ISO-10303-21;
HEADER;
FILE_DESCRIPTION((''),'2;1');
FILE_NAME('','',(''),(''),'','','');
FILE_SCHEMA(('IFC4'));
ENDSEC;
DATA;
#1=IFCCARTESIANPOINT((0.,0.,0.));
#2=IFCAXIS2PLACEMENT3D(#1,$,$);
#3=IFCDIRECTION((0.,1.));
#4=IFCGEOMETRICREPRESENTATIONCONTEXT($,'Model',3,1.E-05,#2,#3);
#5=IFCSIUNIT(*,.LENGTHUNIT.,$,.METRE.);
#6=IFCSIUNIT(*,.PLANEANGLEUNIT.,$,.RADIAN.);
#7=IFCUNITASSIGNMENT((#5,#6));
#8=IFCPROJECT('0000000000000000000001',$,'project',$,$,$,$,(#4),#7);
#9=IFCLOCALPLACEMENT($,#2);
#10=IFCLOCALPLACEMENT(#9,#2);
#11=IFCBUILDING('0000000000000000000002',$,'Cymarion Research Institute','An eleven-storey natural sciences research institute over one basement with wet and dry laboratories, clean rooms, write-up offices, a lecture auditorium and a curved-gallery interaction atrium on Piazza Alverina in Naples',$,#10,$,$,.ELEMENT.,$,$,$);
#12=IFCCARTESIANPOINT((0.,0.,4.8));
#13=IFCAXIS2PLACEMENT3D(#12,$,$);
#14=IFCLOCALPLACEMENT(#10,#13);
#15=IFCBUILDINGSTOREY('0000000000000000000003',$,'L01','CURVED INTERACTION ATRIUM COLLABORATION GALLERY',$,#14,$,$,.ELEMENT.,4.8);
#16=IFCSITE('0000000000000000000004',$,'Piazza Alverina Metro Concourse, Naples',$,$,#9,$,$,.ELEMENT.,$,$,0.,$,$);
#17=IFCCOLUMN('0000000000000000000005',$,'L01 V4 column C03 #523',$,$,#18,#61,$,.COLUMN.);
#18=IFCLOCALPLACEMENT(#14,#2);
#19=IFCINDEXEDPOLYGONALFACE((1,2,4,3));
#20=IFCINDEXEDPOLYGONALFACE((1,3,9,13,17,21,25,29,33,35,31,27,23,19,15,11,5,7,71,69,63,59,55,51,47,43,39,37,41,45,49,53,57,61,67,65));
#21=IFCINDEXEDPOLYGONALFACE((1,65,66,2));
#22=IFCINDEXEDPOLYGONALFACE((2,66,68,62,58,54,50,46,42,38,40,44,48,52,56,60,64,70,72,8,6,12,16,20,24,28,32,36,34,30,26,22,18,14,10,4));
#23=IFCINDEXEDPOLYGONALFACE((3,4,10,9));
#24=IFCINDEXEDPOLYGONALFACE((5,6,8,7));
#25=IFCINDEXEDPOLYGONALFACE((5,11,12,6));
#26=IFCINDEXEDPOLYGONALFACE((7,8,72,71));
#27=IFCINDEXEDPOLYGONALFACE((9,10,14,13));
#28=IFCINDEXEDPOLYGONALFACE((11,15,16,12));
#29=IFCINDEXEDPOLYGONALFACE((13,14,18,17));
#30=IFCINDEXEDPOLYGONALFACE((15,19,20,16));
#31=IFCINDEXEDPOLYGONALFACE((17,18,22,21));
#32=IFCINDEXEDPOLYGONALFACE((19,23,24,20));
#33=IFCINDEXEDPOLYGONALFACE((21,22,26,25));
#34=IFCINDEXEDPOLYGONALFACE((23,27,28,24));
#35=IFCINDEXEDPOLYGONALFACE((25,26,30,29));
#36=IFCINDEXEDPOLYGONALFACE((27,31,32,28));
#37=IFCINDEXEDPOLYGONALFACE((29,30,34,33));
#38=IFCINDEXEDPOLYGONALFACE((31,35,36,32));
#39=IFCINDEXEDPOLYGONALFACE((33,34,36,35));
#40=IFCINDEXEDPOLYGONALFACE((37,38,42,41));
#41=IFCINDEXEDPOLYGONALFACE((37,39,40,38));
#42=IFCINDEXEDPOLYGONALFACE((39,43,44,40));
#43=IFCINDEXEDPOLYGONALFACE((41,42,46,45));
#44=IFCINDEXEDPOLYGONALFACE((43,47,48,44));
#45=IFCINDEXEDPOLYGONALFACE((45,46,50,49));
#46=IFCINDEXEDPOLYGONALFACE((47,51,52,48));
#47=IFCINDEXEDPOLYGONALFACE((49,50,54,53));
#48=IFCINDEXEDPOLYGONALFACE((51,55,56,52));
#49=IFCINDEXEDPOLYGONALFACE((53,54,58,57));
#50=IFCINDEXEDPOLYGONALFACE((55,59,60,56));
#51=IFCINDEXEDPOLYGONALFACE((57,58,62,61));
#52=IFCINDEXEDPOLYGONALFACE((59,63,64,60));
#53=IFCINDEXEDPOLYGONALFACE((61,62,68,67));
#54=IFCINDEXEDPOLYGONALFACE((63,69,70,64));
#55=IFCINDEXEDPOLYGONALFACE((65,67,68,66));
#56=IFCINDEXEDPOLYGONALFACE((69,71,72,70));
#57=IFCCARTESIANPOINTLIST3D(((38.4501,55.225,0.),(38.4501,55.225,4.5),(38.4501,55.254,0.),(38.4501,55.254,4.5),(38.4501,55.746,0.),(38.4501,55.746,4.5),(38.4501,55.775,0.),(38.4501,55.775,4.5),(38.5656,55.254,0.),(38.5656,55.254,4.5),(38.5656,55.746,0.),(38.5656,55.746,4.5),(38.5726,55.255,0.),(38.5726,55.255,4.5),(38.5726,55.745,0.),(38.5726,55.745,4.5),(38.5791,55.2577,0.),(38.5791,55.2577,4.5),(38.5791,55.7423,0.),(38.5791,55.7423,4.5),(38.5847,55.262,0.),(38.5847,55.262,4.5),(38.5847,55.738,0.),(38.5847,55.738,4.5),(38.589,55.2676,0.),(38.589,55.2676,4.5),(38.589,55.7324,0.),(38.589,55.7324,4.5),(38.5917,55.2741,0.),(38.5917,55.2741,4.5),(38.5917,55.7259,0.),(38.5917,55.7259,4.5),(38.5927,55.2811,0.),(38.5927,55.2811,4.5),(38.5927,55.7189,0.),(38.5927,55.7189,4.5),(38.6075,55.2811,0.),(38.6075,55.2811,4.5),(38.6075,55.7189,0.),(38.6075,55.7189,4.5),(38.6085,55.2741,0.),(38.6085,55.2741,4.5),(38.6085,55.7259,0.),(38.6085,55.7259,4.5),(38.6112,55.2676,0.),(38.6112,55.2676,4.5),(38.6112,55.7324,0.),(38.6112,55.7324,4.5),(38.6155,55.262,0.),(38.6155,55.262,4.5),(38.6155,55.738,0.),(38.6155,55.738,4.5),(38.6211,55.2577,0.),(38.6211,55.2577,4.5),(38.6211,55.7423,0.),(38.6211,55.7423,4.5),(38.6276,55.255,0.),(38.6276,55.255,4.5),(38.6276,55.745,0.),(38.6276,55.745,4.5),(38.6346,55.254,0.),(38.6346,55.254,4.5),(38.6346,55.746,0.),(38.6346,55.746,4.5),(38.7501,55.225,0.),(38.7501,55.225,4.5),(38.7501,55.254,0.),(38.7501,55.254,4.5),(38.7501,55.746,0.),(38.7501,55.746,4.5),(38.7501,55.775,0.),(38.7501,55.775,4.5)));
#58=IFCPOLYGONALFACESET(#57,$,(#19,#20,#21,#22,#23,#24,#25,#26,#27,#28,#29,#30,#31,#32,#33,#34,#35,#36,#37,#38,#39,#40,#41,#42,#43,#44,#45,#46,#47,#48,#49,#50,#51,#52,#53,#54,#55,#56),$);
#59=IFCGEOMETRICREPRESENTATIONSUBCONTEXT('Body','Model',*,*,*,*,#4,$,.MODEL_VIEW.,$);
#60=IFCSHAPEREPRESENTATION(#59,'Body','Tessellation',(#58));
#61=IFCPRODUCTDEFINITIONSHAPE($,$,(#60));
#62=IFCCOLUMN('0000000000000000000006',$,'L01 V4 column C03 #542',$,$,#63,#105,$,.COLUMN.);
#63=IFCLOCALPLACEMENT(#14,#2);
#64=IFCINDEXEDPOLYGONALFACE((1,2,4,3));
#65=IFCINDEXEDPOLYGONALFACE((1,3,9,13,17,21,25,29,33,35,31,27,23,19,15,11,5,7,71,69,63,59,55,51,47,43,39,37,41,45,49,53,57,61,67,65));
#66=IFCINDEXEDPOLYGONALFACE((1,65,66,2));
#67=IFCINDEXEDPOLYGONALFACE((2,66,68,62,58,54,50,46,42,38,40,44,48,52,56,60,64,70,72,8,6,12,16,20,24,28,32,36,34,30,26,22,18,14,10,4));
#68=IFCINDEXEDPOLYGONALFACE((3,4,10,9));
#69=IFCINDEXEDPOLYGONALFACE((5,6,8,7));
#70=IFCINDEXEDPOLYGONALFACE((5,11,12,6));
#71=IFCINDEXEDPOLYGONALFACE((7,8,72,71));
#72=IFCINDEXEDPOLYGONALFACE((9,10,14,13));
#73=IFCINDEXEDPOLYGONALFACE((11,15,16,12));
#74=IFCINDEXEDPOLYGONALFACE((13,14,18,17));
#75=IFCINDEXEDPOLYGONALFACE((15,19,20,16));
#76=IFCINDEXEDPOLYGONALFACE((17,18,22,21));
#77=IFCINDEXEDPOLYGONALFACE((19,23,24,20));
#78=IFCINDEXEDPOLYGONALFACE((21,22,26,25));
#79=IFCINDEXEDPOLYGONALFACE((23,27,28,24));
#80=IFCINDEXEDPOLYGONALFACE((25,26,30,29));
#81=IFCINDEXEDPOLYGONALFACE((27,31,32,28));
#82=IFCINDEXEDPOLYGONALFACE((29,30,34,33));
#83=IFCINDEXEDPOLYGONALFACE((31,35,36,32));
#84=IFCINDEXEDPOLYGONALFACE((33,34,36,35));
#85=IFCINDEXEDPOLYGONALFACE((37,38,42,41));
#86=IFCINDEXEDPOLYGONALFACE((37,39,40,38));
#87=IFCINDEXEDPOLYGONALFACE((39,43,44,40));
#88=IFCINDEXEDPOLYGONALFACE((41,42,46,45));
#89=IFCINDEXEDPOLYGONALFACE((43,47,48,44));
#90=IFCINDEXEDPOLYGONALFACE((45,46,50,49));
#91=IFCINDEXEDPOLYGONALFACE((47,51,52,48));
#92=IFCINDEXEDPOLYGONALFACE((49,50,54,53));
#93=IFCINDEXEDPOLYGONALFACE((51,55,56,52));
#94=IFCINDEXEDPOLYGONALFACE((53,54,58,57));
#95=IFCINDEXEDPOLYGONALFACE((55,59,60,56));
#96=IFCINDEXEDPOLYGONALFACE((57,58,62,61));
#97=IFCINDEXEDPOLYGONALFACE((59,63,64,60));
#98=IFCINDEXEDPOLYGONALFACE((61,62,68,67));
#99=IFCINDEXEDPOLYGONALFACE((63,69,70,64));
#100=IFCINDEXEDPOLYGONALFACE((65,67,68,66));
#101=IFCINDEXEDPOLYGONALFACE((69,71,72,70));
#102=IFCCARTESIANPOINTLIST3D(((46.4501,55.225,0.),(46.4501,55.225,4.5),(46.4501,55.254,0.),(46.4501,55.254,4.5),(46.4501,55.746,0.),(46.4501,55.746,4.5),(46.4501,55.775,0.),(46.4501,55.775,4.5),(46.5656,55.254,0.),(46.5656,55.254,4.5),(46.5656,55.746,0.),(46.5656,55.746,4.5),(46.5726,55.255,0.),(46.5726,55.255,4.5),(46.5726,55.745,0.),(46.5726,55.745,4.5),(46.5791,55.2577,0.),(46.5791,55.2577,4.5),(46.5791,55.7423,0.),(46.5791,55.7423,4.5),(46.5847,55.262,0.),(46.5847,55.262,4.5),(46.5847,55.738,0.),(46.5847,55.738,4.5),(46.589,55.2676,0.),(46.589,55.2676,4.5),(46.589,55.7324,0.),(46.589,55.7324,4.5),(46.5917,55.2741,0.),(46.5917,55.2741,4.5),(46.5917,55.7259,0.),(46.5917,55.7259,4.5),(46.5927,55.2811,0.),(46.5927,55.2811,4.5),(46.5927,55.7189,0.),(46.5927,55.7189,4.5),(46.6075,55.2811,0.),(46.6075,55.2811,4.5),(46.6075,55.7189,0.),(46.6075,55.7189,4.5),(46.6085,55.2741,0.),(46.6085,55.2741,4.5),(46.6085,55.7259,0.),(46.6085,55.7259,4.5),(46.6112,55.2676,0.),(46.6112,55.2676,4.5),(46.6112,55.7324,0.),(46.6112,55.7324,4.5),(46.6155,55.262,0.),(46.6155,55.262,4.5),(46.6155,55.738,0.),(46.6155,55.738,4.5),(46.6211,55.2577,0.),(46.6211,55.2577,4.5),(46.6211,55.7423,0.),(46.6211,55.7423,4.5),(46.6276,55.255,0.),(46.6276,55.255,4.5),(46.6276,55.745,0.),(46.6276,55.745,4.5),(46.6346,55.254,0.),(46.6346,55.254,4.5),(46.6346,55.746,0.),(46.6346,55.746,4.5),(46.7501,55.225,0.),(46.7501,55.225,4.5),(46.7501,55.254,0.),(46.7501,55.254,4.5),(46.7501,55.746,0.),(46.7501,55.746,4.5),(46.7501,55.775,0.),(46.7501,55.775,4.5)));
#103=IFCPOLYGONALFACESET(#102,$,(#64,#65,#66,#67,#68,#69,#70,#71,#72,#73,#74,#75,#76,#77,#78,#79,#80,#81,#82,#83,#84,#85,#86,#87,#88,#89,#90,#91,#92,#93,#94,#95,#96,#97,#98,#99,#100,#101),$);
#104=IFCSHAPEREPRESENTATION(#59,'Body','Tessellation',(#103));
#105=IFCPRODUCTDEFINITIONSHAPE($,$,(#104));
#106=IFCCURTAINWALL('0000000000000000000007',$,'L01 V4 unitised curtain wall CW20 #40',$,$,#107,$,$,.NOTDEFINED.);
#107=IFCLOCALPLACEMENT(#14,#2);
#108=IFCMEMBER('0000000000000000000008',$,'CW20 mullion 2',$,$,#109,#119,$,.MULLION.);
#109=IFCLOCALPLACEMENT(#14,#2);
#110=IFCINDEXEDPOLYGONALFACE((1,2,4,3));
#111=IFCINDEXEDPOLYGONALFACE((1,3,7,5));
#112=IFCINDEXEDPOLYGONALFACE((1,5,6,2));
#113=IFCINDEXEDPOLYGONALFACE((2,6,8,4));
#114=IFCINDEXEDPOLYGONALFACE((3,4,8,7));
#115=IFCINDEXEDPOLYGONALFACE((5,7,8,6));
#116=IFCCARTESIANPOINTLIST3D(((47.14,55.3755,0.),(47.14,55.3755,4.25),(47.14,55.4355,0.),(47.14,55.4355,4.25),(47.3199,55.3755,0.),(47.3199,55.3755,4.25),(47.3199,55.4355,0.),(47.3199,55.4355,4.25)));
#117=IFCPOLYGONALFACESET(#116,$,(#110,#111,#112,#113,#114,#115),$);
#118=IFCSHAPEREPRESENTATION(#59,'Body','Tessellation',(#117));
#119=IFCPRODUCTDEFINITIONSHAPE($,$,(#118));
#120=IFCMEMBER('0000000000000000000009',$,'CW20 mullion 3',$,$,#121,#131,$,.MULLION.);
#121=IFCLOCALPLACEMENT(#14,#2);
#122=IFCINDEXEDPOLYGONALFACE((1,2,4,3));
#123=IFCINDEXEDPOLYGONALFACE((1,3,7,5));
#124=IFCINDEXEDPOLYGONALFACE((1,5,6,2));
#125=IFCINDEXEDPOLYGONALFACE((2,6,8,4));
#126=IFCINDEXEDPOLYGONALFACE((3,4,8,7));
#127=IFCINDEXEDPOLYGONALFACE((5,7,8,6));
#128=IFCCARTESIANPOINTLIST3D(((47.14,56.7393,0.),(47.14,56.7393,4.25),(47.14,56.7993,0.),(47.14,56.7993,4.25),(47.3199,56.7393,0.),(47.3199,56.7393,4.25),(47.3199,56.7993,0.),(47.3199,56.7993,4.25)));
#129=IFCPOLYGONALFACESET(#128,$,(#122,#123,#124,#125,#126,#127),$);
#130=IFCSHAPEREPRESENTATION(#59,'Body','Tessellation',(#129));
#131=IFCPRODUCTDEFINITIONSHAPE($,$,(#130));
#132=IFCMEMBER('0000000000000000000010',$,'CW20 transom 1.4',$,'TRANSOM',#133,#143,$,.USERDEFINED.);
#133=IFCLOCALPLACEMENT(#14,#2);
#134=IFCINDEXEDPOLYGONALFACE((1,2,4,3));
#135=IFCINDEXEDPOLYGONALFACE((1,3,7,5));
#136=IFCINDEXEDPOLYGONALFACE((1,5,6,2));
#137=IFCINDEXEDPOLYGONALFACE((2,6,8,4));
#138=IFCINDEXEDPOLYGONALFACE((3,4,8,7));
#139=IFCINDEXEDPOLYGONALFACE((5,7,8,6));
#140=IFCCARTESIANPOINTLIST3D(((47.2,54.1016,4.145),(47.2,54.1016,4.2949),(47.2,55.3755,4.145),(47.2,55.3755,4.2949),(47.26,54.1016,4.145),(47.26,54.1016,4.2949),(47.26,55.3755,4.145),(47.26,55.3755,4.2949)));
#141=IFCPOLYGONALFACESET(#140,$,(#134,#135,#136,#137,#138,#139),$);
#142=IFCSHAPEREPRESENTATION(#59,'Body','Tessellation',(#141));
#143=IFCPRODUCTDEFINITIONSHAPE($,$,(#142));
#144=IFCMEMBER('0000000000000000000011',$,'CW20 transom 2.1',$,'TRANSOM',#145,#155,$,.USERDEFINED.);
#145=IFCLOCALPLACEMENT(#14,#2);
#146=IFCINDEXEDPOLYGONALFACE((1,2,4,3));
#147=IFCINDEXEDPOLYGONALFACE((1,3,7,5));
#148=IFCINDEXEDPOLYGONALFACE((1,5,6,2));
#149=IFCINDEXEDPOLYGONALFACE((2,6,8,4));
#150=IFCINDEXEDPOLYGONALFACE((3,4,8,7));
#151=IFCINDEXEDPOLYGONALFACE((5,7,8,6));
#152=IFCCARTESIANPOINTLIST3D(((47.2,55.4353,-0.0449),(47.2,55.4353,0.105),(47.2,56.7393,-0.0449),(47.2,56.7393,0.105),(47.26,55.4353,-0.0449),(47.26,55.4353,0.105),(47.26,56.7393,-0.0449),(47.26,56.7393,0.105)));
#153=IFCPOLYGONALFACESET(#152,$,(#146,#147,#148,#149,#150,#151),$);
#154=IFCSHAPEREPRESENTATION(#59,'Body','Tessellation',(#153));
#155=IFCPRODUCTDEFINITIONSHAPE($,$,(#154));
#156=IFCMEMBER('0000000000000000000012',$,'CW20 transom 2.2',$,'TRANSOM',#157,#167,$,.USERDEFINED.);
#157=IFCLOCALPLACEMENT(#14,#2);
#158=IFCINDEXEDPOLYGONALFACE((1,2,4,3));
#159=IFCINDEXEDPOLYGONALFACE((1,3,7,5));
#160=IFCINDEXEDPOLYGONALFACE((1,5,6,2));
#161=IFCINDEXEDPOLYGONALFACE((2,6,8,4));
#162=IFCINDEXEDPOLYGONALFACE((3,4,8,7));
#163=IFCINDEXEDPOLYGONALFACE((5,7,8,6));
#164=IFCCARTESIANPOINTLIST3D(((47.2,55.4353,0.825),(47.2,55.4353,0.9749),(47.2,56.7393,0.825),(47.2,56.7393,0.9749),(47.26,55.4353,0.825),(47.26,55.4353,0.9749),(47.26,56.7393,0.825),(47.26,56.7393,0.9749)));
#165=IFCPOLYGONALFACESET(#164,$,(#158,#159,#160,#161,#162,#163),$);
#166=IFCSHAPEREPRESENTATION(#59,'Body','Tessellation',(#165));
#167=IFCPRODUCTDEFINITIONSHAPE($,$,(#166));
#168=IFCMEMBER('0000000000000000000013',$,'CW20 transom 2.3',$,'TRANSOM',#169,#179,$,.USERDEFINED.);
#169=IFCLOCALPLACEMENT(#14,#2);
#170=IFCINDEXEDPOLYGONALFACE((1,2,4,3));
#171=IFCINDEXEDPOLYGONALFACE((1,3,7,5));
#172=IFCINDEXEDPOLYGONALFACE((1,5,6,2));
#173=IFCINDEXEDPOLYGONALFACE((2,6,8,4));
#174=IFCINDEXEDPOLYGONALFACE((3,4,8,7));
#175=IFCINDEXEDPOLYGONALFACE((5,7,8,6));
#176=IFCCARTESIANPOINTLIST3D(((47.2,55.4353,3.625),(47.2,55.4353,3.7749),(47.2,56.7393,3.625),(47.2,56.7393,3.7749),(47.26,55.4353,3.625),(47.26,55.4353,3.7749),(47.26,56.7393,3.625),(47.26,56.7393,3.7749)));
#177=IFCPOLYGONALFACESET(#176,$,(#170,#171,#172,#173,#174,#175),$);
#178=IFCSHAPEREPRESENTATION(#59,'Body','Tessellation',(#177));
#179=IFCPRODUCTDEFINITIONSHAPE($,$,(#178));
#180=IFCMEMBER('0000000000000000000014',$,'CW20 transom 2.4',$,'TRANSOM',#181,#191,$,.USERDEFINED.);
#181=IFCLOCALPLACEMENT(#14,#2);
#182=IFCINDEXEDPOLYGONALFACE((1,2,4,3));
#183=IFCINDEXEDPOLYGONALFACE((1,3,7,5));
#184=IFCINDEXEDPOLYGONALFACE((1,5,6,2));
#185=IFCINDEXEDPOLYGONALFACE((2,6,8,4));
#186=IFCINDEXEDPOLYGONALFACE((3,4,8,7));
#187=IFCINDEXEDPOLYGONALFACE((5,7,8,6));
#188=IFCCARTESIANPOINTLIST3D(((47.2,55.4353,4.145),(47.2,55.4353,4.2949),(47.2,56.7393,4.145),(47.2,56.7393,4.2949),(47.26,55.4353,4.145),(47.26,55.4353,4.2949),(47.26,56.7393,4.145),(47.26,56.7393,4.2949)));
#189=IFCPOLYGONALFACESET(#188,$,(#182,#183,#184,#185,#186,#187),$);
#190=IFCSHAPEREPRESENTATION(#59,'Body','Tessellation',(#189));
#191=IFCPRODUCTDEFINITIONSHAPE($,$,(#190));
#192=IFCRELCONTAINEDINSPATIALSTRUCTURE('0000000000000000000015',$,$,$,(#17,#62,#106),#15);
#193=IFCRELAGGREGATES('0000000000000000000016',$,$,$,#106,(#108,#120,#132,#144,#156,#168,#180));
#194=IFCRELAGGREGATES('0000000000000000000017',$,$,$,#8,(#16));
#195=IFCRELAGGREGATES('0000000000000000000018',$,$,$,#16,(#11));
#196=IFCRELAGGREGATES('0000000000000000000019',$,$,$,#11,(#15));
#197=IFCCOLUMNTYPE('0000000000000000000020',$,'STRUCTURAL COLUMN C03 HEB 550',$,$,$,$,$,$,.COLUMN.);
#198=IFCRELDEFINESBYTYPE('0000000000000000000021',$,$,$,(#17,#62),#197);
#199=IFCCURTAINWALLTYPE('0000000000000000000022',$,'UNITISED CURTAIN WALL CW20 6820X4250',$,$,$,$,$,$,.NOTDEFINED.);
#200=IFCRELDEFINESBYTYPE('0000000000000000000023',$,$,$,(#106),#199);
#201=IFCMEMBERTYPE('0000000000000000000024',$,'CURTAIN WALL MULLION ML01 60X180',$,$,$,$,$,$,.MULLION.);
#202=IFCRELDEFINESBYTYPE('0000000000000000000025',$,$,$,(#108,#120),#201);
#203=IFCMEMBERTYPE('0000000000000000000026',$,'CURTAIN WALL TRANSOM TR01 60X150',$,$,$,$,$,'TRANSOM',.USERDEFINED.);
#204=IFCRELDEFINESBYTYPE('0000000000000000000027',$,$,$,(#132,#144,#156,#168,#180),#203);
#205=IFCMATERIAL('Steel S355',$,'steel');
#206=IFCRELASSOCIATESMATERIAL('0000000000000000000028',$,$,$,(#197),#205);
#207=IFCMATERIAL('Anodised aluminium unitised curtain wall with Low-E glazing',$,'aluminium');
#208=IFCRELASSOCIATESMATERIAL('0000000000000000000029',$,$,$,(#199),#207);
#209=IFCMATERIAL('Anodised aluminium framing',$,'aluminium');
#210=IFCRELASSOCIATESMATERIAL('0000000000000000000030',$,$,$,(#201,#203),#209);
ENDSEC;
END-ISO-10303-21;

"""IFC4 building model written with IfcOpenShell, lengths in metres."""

from ifc_helpers import new_model, si_unit, direction, frame, origin, origin_2d, place, context, subcontext, project, spatial, rectangle, i_section, extrude, material, material_profile, profile_set, type_object, element, aggregate, save


model = new_model("IFC4")

# Units and contexts
model_context = context("Model", 3, precision=1e-05, world=origin(), true_north=direction((0.0, 1.0)))
body_context = subcontext(model_context, "Body", "Model", "MODEL_VIEW")
ifc_project = project(units=[si_unit("LENGTHUNIT", "METRE"), si_unit("PLANEANGLEUNIT", "RADIAN")], contexts=[model_context])

# Site, building, storey
site_placement = place(None, origin())
site = spatial("IfcSite", under=ifc_project, at=site_placement, Name="Piazza Alverina Metro Concourse, Naples", CompositionType="ELEMENT", RefElevation=0.0)
building_placement = place(site_placement, origin())
building = spatial("IfcBuilding", under=site, at=building_placement, Name="Cymarion Research Institute", Description="An eleven-storey natural sciences research institute over one basement with wet and dry laboratories, clean rooms, write-up offices, a lecture auditorium and a curved-gallery interaction atrium on Piazza Alverina in Naples", CompositionType="ELEMENT")
storey_placement = place(building_placement, frame((0.0, 0.0, 4.8)))
storey = spatial("IfcBuildingStorey", under=building, at=storey_placement, Name="L01", Description="CURVED INTERACTION ATRIUM COLLABORATION GALLERY", CompositionType="ELEMENT", Elevation=4.8)

# Columns
ifc_material_1 = material(Name="Steel S355", Category="steel")
ifc_material_profile_1 = material_profile(ifc_material_1, i_section(OverallWidth=0.3, OverallDepth=0.55, WebThickness=0.0149, FlangeThickness=0.0291, FilletRadius=0.0271, at=origin_2d()), Name="HEB 550")
ifc_profile_set_1 = profile_set([ifc_material_profile_1], Name="Steel S355")
column_type = type_object("IfcColumnType", Name="STRUCTURAL COLUMN C03 HEB 550", PredefinedType="COLUMN", material=ifc_profile_set_1)
for number, where, z_axis, x_axis, name in (
    (1, (38.6001, 55.5, 0.0), (0.0, 0.0, 1.0), (1.0, 0.0, 0.0), "L01 V4 column C03 #523"),
    (2, (46.6001, 55.5, 0.0), (0.0, 0.0, 1.0), (1.0, 0.0, 0.0), "L01 V4 column C03 #542"),
):
    element("IfcColumn", number, at=place(storey_placement, frame(where, z_axis=z_axis, x_axis=x_axis)), inside=storey, type_object=column_type, Name=name, PredefinedType="COLUMN", context=body_context, shape_type="SweptSolid", body=[
        extrude(i_section(OverallWidth=0.3, OverallDepth=0.55, WebThickness=0.0149, FlangeThickness=0.0291, FilletRadius=0.0271, at=origin_2d()), origin(), (0.0, 0.0, 1.0), 4.5),
    ])

# Curtain wall, members
ifc_material_2 = material(Name="Anodised aluminium unitised curtain wall with Low-E glazing", Category="aluminium")
curtain_wall_type = type_object("IfcCurtainWallType", Name="UNITISED CURTAIN WALL CW20 6820X4250", PredefinedType="NOTDEFINED", material=ifc_material_2)
curtain_wall_placement = place(storey_placement, origin())
curtain_wall = element("IfcCurtainWall", 3, at=curtain_wall_placement, inside=storey, type_object=curtain_wall_type, Name="L01 V4 unitised curtain wall CW20 #40", PredefinedType="NOTDEFINED")
ifc_material_3 = material(Name="Anodised aluminium framing", Category="aluminium")
ifc_material_profile_2 = material_profile(ifc_material_3, rectangle(XDim=0.0601, YDim=0.1799, at=origin_2d()), Name="ALU MULLION 60x180")
ifc_profile_set_2 = profile_set([ifc_material_profile_2], Name="Anodised aluminium framing")
member_type_1 = type_object("IfcMemberType", Name="CURTAIN WALL MULLION ML01 60X180", PredefinedType="MULLION", material=ifc_profile_set_2)
member_1_placement = place(storey_placement, frame((47.23, 55.4055, 0.0), z_axis=(0.0, 0.0, 1.0), x_axis=(0.0, 1.0, 0.0)))
member_1 = element("IfcMember", 4, at=member_1_placement, type_object=member_type_1, Name="CW20 mullion 2", PredefinedType="MULLION", context=body_context, shape_type="SweptSolid", body=[
    extrude(rectangle(XDim=0.0601, YDim=0.1799, at=origin_2d()), origin(), (0.0, 0.0, 1.0), 4.25),
])
member_2_placement = place(storey_placement, frame((47.23, 56.7693, 0.0), z_axis=(0.0, 0.0, 1.0), x_axis=(0.0, 1.0, 0.0)))
member_2 = element("IfcMember", 5, at=member_2_placement, type_object=member_type_1, Name="CW20 mullion 3", PredefinedType="MULLION", context=body_context, shape_type="SweptSolid", body=[
    extrude(rectangle(XDim=0.0601, YDim=0.1799, at=origin_2d()), origin(), (0.0, 0.0, 1.0), 4.25),
])
ifc_material_profile_3 = material_profile(ifc_material_3, rectangle(XDim=0.0601, YDim=0.1499, at=origin_2d()), Name="ALU TRANSOM 60x150")
ifc_profile_set_3 = profile_set([ifc_material_profile_3], Name="Anodised aluminium framing")
member_type_2 = type_object("IfcMemberType", Name="CURTAIN WALL TRANSOM TR01 60X150", ElementType="TRANSOM", PredefinedType="USERDEFINED", material=ifc_profile_set_3)
member_3_placement = place(storey_placement, frame((47.23, 54.1016, 4.22), z_axis=(0.0, 1.0, 0.0), x_axis=(-1.0, 0.0, 0.0)))
member_3 = element("IfcMember", 6, at=member_3_placement, type_object=member_type_2, Name="CW20 transom 1.4", ObjectType="TRANSOM", PredefinedType="USERDEFINED", context=body_context, shape_type="SweptSolid", body=[
    extrude(rectangle(XDim=0.0601, YDim=0.1499, at=origin_2d()), origin(), (0.0, 0.0, 1.0), 1.2739),
])
member_4_placement = place(storey_placement, frame((47.23, 55.4353, 0.03), z_axis=(0.0, 1.0, 0.0), x_axis=(-1.0, 0.0, 0.0)))
member_4 = element("IfcMember", 7, at=member_4_placement, type_object=member_type_2, Name="CW20 transom 2.1", ObjectType="TRANSOM", PredefinedType="USERDEFINED", context=body_context, shape_type="SweptSolid", body=[
    extrude(rectangle(XDim=0.0601, YDim=0.1499, at=origin_2d()), origin(), (0.0, 0.0, 1.0), 1.304),
])
member_5_placement = place(storey_placement, frame((47.23, 55.4353, 0.8999), z_axis=(0.0, 1.0, 0.0), x_axis=(-1.0, 0.0, 0.0)))
member_5 = element("IfcMember", 8, at=member_5_placement, type_object=member_type_2, Name="CW20 transom 2.2", ObjectType="TRANSOM", PredefinedType="USERDEFINED", context=body_context, shape_type="SweptSolid", body=[
    extrude(rectangle(XDim=0.0601, YDim=0.1499, at=origin_2d()), origin(), (0.0, 0.0, 1.0), 1.304),
])
member_6_placement = place(storey_placement, frame((47.23, 55.4353, 3.7), z_axis=(0.0, 1.0, 0.0), x_axis=(-1.0, 0.0, 0.0)))
member_6 = element("IfcMember", 9, at=member_6_placement, type_object=member_type_2, Name="CW20 transom 2.3", ObjectType="TRANSOM", PredefinedType="USERDEFINED", context=body_context, shape_type="SweptSolid", body=[
    extrude(rectangle(XDim=0.0601, YDim=0.1499, at=origin_2d()), origin(), (0.0, 0.0, 1.0), 1.304),
])
member_7_placement = place(storey_placement, frame((47.23, 55.4353, 4.22), z_axis=(0.0, 1.0, 0.0), x_axis=(-1.0, 0.0, 0.0)))
member_7 = element("IfcMember", 10, at=member_7_placement, type_object=member_type_2, Name="CW20 transom 2.4", ObjectType="TRANSOM", PredefinedType="USERDEFINED", context=body_context, shape_type="SweptSolid", body=[
    extrude(rectangle(XDim=0.0601, YDim=0.1499, at=origin_2d()), origin(), (0.0, 0.0, 1.0), 1.304),
])

aggregate(curtain_wall, [member_1, member_2, member_3, member_4, member_5, member_6, member_7])

save(model, "model.ifc")
